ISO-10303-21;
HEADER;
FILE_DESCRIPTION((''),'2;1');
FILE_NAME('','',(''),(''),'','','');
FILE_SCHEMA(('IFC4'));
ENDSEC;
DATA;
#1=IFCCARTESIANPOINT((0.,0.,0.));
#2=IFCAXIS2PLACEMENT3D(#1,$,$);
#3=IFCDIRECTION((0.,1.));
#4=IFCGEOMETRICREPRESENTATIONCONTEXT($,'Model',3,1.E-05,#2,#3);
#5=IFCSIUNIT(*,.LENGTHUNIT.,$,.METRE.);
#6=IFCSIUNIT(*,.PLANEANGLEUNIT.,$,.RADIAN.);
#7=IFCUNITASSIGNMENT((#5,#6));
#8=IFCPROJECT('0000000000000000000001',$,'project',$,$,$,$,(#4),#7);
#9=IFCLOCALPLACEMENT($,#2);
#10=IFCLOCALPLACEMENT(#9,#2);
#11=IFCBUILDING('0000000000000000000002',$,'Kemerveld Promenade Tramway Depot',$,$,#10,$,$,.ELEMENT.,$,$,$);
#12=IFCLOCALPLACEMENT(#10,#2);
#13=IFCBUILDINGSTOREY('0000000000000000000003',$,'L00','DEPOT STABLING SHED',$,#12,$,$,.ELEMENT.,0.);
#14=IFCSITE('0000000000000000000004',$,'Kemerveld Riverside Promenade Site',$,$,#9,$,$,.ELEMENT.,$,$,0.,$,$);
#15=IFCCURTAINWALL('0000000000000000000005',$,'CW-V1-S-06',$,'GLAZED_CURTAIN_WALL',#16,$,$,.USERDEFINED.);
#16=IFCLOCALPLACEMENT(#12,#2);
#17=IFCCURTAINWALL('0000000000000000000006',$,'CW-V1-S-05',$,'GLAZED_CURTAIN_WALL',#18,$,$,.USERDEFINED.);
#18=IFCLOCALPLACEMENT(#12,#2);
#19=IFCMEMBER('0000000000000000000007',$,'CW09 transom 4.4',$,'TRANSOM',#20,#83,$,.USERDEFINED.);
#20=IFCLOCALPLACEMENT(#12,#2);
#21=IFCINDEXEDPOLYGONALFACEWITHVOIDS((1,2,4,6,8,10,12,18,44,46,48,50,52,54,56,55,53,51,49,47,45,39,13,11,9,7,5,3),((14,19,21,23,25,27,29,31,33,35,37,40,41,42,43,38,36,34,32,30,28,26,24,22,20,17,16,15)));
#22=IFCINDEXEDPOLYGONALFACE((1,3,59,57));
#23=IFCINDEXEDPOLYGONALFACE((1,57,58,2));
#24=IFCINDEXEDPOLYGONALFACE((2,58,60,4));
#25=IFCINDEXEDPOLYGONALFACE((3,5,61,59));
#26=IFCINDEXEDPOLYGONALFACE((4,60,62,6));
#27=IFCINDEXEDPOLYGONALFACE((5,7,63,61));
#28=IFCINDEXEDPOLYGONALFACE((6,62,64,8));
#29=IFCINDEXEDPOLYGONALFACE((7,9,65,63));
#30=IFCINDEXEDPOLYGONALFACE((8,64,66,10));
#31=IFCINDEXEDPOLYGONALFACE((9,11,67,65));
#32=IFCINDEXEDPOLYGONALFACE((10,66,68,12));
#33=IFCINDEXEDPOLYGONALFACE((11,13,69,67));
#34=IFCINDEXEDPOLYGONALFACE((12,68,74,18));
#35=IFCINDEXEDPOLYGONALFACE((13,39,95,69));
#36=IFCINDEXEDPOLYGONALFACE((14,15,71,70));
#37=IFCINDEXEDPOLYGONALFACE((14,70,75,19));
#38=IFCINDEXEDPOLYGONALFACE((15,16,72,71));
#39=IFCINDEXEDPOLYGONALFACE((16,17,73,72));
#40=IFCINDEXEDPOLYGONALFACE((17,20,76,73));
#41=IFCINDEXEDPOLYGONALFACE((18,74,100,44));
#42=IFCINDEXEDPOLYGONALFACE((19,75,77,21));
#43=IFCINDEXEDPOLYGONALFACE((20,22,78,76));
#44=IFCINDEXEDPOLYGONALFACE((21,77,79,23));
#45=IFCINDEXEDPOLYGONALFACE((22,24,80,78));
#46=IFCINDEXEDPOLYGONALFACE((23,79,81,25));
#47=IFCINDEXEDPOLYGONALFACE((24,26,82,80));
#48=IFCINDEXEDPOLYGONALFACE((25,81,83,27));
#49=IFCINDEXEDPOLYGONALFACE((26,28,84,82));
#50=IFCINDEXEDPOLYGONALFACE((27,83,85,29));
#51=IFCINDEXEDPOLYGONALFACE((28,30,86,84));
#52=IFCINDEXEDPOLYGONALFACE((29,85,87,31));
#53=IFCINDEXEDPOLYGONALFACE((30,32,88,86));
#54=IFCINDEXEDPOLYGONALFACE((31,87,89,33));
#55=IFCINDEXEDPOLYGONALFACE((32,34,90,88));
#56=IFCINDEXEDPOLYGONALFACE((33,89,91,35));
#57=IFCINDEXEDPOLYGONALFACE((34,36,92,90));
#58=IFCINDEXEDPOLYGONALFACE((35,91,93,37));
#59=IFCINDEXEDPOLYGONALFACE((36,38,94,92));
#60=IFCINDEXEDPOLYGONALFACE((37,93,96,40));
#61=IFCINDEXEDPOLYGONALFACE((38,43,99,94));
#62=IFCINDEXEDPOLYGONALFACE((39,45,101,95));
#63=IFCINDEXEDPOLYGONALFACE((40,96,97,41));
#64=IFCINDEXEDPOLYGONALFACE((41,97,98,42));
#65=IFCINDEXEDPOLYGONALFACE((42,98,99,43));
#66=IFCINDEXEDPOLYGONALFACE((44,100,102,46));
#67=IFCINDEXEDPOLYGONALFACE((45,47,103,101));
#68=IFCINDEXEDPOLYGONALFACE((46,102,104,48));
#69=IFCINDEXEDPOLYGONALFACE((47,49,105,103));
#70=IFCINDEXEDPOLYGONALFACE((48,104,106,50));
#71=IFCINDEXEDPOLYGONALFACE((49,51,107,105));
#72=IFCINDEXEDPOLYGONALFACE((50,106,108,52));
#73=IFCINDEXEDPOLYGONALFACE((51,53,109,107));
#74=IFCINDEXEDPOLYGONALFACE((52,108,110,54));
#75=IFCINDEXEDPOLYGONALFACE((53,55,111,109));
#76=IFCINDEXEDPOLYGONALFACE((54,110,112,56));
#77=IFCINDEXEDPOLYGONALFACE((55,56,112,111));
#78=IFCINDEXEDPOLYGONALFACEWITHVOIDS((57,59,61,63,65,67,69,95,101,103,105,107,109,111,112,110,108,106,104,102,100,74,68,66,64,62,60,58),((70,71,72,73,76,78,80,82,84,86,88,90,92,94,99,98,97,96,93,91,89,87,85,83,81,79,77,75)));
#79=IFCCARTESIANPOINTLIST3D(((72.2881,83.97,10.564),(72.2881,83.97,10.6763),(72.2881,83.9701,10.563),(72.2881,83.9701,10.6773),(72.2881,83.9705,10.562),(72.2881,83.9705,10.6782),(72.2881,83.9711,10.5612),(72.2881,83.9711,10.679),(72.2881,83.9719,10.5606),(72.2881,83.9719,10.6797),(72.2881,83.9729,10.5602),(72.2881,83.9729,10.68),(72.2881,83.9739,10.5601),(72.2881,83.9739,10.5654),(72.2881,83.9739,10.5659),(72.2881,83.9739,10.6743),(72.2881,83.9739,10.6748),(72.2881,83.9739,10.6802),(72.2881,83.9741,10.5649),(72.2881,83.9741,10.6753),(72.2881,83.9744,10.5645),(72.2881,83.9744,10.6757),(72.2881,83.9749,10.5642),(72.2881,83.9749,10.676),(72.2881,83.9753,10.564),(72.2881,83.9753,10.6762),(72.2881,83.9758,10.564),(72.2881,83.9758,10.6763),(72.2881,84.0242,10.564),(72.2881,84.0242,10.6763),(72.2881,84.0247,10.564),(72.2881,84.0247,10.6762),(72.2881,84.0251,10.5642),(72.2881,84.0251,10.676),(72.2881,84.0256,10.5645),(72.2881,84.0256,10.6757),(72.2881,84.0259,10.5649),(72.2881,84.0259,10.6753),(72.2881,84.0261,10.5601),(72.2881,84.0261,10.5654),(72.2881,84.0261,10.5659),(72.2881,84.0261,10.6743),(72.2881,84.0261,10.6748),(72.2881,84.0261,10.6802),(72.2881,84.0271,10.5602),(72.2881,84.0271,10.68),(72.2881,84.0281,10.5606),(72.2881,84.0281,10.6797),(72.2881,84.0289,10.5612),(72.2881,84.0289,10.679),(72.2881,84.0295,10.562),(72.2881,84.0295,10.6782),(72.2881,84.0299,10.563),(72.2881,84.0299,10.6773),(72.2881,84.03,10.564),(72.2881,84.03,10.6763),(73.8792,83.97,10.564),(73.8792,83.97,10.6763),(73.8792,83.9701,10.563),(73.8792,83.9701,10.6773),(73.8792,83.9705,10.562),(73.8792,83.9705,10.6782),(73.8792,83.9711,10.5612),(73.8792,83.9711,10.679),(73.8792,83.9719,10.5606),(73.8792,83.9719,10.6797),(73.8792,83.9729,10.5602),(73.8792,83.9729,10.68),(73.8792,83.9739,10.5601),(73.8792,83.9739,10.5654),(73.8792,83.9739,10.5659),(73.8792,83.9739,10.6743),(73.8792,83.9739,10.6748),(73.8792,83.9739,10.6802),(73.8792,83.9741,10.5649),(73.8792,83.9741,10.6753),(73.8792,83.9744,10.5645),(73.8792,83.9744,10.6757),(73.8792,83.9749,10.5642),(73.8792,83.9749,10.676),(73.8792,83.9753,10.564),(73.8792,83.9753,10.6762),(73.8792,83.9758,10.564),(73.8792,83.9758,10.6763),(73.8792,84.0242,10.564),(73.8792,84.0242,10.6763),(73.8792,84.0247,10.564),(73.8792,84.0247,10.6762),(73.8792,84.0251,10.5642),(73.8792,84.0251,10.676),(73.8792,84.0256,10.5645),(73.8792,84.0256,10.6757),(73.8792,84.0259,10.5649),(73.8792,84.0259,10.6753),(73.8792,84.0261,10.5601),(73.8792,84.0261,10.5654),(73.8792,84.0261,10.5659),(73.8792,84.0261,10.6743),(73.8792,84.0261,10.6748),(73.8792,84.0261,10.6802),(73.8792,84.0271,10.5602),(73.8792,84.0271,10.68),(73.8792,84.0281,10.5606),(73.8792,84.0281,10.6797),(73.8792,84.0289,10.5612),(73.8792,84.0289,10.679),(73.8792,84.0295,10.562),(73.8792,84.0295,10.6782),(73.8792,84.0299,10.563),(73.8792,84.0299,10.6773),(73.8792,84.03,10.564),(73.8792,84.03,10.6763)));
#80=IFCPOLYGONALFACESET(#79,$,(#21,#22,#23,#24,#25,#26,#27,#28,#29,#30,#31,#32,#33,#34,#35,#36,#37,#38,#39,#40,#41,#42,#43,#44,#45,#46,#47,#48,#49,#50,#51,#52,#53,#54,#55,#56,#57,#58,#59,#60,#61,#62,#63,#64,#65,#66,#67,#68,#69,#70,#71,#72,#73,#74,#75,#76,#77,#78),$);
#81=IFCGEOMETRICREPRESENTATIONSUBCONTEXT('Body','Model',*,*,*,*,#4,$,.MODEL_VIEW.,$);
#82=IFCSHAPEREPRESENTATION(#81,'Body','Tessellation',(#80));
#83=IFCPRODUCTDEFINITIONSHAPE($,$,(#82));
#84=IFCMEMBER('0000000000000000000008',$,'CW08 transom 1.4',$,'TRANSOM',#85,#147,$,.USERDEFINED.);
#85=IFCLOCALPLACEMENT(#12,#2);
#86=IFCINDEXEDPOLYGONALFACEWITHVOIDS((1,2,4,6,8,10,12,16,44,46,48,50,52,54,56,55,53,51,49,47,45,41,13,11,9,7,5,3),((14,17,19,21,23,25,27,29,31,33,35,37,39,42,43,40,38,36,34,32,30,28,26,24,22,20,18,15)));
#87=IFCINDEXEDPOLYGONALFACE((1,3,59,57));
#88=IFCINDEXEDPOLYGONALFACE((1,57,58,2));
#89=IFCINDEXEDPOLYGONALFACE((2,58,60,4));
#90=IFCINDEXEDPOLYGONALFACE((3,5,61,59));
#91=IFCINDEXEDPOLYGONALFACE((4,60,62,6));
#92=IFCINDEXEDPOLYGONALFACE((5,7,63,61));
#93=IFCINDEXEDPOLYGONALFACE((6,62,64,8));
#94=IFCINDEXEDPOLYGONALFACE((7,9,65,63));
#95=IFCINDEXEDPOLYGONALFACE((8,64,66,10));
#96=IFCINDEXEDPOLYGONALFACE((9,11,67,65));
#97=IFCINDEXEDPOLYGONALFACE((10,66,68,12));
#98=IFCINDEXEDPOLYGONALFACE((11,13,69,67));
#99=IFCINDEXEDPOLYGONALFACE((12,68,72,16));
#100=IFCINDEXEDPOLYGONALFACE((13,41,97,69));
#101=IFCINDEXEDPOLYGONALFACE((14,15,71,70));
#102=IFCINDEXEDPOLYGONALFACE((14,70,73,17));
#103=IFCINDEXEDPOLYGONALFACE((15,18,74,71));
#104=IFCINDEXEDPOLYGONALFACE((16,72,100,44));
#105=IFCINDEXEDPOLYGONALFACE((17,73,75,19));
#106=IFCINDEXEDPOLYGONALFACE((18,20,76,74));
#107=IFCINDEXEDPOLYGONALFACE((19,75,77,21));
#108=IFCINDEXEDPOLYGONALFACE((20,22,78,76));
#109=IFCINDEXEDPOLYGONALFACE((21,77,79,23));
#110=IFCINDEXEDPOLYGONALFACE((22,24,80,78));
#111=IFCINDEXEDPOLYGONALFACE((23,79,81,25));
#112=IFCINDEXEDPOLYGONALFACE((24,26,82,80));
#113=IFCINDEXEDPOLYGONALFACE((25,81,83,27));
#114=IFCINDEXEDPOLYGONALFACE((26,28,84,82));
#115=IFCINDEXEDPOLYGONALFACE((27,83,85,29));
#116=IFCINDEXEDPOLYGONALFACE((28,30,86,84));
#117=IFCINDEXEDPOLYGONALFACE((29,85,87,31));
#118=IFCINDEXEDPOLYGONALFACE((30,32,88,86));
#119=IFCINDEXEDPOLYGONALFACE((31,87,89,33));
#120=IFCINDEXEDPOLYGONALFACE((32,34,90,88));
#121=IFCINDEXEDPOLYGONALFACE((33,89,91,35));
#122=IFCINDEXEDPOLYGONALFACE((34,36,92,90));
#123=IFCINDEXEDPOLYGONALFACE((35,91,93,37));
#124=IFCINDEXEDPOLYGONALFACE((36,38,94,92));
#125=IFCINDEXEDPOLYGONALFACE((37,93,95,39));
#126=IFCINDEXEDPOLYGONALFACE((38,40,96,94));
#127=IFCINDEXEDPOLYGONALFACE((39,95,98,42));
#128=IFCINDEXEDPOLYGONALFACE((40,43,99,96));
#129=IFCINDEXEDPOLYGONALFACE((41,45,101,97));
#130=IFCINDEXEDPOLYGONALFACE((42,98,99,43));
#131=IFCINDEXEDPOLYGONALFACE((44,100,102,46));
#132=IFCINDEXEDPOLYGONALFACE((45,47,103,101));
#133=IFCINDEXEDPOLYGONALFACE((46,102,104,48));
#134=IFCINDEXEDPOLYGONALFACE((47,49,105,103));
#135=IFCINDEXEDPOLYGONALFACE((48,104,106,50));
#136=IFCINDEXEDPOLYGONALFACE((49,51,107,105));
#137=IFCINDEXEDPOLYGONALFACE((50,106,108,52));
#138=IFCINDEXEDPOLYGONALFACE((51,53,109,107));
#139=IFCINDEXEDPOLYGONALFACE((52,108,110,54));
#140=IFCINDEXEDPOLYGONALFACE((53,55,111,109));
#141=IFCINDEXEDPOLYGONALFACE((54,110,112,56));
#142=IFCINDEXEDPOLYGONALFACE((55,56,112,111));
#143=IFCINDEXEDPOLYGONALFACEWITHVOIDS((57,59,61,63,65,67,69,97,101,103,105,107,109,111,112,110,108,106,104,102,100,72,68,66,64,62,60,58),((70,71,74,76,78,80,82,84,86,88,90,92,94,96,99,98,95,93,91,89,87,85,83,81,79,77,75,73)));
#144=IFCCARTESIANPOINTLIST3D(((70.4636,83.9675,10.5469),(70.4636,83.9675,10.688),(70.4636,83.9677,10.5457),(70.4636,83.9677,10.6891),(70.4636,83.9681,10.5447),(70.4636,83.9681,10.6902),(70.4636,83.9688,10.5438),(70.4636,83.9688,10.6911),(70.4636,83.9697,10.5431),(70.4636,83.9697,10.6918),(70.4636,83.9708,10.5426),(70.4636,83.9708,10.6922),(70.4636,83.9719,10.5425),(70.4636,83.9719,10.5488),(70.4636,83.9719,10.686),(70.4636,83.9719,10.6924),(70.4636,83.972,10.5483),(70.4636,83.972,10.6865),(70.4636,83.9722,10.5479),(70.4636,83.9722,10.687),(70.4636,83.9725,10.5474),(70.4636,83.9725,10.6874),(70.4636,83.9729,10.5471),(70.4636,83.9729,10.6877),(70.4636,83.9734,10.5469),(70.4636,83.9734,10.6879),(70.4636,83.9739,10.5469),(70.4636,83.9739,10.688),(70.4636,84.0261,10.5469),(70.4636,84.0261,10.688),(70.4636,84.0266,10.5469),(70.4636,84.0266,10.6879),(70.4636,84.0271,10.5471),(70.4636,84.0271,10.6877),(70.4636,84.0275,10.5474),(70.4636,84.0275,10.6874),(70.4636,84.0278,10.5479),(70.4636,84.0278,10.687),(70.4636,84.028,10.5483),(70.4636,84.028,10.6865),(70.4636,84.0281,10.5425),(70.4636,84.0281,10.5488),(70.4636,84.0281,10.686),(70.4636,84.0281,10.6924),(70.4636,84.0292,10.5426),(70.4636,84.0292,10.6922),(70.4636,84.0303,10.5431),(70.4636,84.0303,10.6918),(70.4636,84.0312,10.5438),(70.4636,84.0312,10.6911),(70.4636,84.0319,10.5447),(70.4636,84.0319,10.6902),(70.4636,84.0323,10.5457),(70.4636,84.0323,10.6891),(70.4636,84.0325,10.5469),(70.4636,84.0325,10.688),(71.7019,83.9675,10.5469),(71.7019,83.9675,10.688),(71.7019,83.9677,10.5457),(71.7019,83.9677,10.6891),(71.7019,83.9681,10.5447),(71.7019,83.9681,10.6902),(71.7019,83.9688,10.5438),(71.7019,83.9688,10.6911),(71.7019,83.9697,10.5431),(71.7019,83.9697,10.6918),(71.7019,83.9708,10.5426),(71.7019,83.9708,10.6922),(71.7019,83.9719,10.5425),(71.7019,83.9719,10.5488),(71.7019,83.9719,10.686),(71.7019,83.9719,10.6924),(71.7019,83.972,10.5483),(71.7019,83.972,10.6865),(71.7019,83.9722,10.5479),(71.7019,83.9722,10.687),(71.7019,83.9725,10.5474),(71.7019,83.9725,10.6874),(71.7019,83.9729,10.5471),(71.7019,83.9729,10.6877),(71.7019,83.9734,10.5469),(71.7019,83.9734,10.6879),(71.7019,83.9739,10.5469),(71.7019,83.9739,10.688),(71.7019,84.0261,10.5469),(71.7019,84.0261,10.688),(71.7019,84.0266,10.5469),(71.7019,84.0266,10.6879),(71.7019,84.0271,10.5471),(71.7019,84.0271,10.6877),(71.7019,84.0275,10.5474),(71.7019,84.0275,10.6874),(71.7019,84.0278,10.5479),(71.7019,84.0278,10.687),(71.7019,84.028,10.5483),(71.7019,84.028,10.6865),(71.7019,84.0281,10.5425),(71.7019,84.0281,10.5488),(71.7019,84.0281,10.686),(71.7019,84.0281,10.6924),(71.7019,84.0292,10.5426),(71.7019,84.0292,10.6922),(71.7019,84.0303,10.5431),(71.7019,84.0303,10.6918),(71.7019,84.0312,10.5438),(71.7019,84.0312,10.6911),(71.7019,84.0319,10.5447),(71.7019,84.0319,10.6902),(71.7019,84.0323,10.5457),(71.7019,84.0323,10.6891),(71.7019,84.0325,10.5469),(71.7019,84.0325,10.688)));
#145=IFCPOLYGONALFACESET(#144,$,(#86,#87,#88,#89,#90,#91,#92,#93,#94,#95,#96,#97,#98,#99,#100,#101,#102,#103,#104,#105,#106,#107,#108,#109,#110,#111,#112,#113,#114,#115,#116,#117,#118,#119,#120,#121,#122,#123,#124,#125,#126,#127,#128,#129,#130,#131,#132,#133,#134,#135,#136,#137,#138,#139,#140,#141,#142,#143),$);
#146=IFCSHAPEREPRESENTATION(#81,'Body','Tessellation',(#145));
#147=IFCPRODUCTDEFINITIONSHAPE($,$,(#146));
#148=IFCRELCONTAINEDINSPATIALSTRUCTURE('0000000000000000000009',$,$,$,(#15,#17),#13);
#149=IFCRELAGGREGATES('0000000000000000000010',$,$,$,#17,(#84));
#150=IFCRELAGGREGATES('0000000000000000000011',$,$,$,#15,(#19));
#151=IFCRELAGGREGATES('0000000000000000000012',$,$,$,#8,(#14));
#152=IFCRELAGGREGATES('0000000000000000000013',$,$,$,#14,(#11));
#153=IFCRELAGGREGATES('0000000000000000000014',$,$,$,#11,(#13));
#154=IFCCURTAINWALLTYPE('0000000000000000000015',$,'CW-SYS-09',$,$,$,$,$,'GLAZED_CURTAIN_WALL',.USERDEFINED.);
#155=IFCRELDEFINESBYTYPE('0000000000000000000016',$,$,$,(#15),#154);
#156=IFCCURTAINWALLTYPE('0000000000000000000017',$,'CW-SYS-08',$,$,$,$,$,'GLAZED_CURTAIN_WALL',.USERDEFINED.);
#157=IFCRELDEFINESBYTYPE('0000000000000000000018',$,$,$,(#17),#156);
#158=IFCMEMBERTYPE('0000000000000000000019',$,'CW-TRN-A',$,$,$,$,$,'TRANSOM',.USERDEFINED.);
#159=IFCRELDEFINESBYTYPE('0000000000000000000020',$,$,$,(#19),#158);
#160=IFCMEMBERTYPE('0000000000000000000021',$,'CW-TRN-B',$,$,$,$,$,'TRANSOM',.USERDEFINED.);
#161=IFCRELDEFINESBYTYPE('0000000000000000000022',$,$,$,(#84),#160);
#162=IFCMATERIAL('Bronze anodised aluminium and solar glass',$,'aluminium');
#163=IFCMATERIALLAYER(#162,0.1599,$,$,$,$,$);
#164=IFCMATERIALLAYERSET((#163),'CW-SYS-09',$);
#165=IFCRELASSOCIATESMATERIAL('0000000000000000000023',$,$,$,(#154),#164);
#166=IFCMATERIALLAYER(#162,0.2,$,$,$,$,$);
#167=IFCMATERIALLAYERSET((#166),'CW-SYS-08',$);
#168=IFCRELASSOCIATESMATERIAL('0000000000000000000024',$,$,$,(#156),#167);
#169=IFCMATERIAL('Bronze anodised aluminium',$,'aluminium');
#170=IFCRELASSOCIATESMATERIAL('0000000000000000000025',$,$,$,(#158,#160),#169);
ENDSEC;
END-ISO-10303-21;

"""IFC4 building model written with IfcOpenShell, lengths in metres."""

from ifc_helpers import new_model, si_unit, direction, frame, origin, origin_2d, place, context, subcontext, project, spatial, hollow_rectangle, extrude, material, layer, layer_set, material_profile, profile_set, type_object, element, aggregate, save


model = new_model("IFC4")

# Units and contexts
model_context = context("Model", 3, precision=1e-05, world=origin(), true_north=direction((0.0, 1.0)))
body_context = subcontext(model_context, "Body", "Model", "MODEL_VIEW")
ifc_project = project(units=[si_unit("LENGTHUNIT", "METRE"), si_unit("PLANEANGLEUNIT", "RADIAN")], contexts=[model_context])

# Site, building, storey
site_placement = place(None, origin())
site = spatial("IfcSite", under=ifc_project, at=site_placement, Name="Kemerveld Riverside Promenade Site", CompositionType="ELEMENT", RefElevation=0.0)
building_placement = place(site_placement, origin())
building = spatial("IfcBuilding", under=site, at=building_placement, Name="Kemerveld Promenade Tramway Depot", CompositionType="ELEMENT")
storey_placement = place(building_placement, origin())
storey = spatial("IfcBuildingStorey", under=building, at=storey_placement, Name="L00", Description="DEPOT STABLING SHED", CompositionType="ELEMENT", Elevation=0.0)

# Curtain wall
ifc_material_1 = material(Name="Bronze anodised aluminium and solar glass", Category="aluminium")
ifc_layer_1 = layer(ifc_material_1, 0.1599)
ifc_layer_set_1 = layer_set([ifc_layer_1], Name="CW-SYS-09")
curtain_wall_type_1 = type_object("IfcCurtainWallType", Name="CW-SYS-09", ElementType="GLAZED_CURTAIN_WALL", PredefinedType="USERDEFINED", material=ifc_layer_set_1)
curtain_wall_1_placement = place(storey_placement, origin())
curtain_wall_1 = element("IfcCurtainWall", 1, at=curtain_wall_1_placement, inside=storey, type_object=curtain_wall_type_1, Name="CW-V1-S-06", ObjectType="GLAZED_CURTAIN_WALL", PredefinedType="USERDEFINED")
ifc_material_2 = material(Name="Bronze anodised aluminium", Category="aluminium")

# Curtain wall
ifc_layer_2 = layer(ifc_material_1, 0.2)
ifc_layer_set_2 = layer_set([ifc_layer_2], Name="CW-SYS-08")
curtain_wall_type_2 = type_object("IfcCurtainWallType", Name="CW-SYS-08", ElementType="GLAZED_CURTAIN_WALL", PredefinedType="USERDEFINED", material=ifc_layer_set_2)
curtain_wall_2_placement = place(storey_placement, origin())
curtain_wall_2 = element("IfcCurtainWall", 2, at=curtain_wall_2_placement, inside=storey, type_object=curtain_wall_type_2, Name="CW-V1-S-05", ObjectType="GLAZED_CURTAIN_WALL", PredefinedType="USERDEFINED")

# Members
ifc_material_profile_1 = material_profile(ifc_material_2, hollow_rectangle(XDim=0.0601, YDim=0.1201, WallThickness=0.0039, InnerFilletRadius=0.002, OuterFilletRadius=0.0039, at=origin_2d()), Name="CW-TRN-120x60")
ifc_profile_set_1 = profile_set([ifc_material_profile_1], Name="Bronze anodised aluminium")
member_type_1 = type_object("IfcMemberType", Name="CW-TRN-A", ElementType="TRANSOM", PredefinedType="USERDEFINED", material=ifc_profile_set_1)
member_1_placement = place(storey_placement, frame((73.8792, 84.0, 10.6201), z_axis=(-1.0, 0.0, 0.0), x_axis=(0.0, -1.0, 0.0)))
member_1 = element("IfcMember", 3, at=member_1_placement, type_object=member_type_1, Name="CW09 transom 4.4", ObjectType="TRANSOM", PredefinedType="USERDEFINED", context=body_context, shape_type="SweptSolid", body=[
    extrude(hollow_rectangle(XDim=0.0601, YDim=0.1201, WallThickness=0.0039, InnerFilletRadius=0.002, OuterFilletRadius=0.0039, at=origin_2d()), origin(), (0.0, 0.0, 1.0), 1.5911),
])
ifc_material_profile_2 = material_profile(ifc_material_2, hollow_rectangle(XDim=0.0649, YDim=0.1499, WallThickness=0.0044, InnerFilletRadius=0.002, OuterFilletRadius=0.0044, at=origin_2d()), Name="CW-TRN-150x65")
ifc_profile_set_2 = profile_set([ifc_material_profile_2], Name="Bronze anodised aluminium")
member_type_2 = type_object("IfcMemberType", Name="CW-TRN-B", ElementType="TRANSOM", PredefinedType="USERDEFINED", material=ifc_profile_set_2)
member_2_placement = place(storey_placement, frame((71.7019, 84.0, 10.6174), z_axis=(-1.0, 0.0, 0.0), x_axis=(0.0, -1.0, 0.0)))
member_2 = element("IfcMember", 4, at=member_2_placement, type_object=member_type_2, Name="CW08 transom 1.4", ObjectType="TRANSOM", PredefinedType="USERDEFINED", context=body_context, shape_type="SweptSolid", body=[
    extrude(hollow_rectangle(XDim=0.0649, YDim=0.1499, WallThickness=0.0044, InnerFilletRadius=0.002, OuterFilletRadius=0.0044, at=origin_2d()), origin(), (0.0, 0.0, 1.0), 1.2383),
])
aggregate(curtain_wall_2, [member_2])

aggregate(curtain_wall_1, [member_1])

save(model, "model.ifc")
